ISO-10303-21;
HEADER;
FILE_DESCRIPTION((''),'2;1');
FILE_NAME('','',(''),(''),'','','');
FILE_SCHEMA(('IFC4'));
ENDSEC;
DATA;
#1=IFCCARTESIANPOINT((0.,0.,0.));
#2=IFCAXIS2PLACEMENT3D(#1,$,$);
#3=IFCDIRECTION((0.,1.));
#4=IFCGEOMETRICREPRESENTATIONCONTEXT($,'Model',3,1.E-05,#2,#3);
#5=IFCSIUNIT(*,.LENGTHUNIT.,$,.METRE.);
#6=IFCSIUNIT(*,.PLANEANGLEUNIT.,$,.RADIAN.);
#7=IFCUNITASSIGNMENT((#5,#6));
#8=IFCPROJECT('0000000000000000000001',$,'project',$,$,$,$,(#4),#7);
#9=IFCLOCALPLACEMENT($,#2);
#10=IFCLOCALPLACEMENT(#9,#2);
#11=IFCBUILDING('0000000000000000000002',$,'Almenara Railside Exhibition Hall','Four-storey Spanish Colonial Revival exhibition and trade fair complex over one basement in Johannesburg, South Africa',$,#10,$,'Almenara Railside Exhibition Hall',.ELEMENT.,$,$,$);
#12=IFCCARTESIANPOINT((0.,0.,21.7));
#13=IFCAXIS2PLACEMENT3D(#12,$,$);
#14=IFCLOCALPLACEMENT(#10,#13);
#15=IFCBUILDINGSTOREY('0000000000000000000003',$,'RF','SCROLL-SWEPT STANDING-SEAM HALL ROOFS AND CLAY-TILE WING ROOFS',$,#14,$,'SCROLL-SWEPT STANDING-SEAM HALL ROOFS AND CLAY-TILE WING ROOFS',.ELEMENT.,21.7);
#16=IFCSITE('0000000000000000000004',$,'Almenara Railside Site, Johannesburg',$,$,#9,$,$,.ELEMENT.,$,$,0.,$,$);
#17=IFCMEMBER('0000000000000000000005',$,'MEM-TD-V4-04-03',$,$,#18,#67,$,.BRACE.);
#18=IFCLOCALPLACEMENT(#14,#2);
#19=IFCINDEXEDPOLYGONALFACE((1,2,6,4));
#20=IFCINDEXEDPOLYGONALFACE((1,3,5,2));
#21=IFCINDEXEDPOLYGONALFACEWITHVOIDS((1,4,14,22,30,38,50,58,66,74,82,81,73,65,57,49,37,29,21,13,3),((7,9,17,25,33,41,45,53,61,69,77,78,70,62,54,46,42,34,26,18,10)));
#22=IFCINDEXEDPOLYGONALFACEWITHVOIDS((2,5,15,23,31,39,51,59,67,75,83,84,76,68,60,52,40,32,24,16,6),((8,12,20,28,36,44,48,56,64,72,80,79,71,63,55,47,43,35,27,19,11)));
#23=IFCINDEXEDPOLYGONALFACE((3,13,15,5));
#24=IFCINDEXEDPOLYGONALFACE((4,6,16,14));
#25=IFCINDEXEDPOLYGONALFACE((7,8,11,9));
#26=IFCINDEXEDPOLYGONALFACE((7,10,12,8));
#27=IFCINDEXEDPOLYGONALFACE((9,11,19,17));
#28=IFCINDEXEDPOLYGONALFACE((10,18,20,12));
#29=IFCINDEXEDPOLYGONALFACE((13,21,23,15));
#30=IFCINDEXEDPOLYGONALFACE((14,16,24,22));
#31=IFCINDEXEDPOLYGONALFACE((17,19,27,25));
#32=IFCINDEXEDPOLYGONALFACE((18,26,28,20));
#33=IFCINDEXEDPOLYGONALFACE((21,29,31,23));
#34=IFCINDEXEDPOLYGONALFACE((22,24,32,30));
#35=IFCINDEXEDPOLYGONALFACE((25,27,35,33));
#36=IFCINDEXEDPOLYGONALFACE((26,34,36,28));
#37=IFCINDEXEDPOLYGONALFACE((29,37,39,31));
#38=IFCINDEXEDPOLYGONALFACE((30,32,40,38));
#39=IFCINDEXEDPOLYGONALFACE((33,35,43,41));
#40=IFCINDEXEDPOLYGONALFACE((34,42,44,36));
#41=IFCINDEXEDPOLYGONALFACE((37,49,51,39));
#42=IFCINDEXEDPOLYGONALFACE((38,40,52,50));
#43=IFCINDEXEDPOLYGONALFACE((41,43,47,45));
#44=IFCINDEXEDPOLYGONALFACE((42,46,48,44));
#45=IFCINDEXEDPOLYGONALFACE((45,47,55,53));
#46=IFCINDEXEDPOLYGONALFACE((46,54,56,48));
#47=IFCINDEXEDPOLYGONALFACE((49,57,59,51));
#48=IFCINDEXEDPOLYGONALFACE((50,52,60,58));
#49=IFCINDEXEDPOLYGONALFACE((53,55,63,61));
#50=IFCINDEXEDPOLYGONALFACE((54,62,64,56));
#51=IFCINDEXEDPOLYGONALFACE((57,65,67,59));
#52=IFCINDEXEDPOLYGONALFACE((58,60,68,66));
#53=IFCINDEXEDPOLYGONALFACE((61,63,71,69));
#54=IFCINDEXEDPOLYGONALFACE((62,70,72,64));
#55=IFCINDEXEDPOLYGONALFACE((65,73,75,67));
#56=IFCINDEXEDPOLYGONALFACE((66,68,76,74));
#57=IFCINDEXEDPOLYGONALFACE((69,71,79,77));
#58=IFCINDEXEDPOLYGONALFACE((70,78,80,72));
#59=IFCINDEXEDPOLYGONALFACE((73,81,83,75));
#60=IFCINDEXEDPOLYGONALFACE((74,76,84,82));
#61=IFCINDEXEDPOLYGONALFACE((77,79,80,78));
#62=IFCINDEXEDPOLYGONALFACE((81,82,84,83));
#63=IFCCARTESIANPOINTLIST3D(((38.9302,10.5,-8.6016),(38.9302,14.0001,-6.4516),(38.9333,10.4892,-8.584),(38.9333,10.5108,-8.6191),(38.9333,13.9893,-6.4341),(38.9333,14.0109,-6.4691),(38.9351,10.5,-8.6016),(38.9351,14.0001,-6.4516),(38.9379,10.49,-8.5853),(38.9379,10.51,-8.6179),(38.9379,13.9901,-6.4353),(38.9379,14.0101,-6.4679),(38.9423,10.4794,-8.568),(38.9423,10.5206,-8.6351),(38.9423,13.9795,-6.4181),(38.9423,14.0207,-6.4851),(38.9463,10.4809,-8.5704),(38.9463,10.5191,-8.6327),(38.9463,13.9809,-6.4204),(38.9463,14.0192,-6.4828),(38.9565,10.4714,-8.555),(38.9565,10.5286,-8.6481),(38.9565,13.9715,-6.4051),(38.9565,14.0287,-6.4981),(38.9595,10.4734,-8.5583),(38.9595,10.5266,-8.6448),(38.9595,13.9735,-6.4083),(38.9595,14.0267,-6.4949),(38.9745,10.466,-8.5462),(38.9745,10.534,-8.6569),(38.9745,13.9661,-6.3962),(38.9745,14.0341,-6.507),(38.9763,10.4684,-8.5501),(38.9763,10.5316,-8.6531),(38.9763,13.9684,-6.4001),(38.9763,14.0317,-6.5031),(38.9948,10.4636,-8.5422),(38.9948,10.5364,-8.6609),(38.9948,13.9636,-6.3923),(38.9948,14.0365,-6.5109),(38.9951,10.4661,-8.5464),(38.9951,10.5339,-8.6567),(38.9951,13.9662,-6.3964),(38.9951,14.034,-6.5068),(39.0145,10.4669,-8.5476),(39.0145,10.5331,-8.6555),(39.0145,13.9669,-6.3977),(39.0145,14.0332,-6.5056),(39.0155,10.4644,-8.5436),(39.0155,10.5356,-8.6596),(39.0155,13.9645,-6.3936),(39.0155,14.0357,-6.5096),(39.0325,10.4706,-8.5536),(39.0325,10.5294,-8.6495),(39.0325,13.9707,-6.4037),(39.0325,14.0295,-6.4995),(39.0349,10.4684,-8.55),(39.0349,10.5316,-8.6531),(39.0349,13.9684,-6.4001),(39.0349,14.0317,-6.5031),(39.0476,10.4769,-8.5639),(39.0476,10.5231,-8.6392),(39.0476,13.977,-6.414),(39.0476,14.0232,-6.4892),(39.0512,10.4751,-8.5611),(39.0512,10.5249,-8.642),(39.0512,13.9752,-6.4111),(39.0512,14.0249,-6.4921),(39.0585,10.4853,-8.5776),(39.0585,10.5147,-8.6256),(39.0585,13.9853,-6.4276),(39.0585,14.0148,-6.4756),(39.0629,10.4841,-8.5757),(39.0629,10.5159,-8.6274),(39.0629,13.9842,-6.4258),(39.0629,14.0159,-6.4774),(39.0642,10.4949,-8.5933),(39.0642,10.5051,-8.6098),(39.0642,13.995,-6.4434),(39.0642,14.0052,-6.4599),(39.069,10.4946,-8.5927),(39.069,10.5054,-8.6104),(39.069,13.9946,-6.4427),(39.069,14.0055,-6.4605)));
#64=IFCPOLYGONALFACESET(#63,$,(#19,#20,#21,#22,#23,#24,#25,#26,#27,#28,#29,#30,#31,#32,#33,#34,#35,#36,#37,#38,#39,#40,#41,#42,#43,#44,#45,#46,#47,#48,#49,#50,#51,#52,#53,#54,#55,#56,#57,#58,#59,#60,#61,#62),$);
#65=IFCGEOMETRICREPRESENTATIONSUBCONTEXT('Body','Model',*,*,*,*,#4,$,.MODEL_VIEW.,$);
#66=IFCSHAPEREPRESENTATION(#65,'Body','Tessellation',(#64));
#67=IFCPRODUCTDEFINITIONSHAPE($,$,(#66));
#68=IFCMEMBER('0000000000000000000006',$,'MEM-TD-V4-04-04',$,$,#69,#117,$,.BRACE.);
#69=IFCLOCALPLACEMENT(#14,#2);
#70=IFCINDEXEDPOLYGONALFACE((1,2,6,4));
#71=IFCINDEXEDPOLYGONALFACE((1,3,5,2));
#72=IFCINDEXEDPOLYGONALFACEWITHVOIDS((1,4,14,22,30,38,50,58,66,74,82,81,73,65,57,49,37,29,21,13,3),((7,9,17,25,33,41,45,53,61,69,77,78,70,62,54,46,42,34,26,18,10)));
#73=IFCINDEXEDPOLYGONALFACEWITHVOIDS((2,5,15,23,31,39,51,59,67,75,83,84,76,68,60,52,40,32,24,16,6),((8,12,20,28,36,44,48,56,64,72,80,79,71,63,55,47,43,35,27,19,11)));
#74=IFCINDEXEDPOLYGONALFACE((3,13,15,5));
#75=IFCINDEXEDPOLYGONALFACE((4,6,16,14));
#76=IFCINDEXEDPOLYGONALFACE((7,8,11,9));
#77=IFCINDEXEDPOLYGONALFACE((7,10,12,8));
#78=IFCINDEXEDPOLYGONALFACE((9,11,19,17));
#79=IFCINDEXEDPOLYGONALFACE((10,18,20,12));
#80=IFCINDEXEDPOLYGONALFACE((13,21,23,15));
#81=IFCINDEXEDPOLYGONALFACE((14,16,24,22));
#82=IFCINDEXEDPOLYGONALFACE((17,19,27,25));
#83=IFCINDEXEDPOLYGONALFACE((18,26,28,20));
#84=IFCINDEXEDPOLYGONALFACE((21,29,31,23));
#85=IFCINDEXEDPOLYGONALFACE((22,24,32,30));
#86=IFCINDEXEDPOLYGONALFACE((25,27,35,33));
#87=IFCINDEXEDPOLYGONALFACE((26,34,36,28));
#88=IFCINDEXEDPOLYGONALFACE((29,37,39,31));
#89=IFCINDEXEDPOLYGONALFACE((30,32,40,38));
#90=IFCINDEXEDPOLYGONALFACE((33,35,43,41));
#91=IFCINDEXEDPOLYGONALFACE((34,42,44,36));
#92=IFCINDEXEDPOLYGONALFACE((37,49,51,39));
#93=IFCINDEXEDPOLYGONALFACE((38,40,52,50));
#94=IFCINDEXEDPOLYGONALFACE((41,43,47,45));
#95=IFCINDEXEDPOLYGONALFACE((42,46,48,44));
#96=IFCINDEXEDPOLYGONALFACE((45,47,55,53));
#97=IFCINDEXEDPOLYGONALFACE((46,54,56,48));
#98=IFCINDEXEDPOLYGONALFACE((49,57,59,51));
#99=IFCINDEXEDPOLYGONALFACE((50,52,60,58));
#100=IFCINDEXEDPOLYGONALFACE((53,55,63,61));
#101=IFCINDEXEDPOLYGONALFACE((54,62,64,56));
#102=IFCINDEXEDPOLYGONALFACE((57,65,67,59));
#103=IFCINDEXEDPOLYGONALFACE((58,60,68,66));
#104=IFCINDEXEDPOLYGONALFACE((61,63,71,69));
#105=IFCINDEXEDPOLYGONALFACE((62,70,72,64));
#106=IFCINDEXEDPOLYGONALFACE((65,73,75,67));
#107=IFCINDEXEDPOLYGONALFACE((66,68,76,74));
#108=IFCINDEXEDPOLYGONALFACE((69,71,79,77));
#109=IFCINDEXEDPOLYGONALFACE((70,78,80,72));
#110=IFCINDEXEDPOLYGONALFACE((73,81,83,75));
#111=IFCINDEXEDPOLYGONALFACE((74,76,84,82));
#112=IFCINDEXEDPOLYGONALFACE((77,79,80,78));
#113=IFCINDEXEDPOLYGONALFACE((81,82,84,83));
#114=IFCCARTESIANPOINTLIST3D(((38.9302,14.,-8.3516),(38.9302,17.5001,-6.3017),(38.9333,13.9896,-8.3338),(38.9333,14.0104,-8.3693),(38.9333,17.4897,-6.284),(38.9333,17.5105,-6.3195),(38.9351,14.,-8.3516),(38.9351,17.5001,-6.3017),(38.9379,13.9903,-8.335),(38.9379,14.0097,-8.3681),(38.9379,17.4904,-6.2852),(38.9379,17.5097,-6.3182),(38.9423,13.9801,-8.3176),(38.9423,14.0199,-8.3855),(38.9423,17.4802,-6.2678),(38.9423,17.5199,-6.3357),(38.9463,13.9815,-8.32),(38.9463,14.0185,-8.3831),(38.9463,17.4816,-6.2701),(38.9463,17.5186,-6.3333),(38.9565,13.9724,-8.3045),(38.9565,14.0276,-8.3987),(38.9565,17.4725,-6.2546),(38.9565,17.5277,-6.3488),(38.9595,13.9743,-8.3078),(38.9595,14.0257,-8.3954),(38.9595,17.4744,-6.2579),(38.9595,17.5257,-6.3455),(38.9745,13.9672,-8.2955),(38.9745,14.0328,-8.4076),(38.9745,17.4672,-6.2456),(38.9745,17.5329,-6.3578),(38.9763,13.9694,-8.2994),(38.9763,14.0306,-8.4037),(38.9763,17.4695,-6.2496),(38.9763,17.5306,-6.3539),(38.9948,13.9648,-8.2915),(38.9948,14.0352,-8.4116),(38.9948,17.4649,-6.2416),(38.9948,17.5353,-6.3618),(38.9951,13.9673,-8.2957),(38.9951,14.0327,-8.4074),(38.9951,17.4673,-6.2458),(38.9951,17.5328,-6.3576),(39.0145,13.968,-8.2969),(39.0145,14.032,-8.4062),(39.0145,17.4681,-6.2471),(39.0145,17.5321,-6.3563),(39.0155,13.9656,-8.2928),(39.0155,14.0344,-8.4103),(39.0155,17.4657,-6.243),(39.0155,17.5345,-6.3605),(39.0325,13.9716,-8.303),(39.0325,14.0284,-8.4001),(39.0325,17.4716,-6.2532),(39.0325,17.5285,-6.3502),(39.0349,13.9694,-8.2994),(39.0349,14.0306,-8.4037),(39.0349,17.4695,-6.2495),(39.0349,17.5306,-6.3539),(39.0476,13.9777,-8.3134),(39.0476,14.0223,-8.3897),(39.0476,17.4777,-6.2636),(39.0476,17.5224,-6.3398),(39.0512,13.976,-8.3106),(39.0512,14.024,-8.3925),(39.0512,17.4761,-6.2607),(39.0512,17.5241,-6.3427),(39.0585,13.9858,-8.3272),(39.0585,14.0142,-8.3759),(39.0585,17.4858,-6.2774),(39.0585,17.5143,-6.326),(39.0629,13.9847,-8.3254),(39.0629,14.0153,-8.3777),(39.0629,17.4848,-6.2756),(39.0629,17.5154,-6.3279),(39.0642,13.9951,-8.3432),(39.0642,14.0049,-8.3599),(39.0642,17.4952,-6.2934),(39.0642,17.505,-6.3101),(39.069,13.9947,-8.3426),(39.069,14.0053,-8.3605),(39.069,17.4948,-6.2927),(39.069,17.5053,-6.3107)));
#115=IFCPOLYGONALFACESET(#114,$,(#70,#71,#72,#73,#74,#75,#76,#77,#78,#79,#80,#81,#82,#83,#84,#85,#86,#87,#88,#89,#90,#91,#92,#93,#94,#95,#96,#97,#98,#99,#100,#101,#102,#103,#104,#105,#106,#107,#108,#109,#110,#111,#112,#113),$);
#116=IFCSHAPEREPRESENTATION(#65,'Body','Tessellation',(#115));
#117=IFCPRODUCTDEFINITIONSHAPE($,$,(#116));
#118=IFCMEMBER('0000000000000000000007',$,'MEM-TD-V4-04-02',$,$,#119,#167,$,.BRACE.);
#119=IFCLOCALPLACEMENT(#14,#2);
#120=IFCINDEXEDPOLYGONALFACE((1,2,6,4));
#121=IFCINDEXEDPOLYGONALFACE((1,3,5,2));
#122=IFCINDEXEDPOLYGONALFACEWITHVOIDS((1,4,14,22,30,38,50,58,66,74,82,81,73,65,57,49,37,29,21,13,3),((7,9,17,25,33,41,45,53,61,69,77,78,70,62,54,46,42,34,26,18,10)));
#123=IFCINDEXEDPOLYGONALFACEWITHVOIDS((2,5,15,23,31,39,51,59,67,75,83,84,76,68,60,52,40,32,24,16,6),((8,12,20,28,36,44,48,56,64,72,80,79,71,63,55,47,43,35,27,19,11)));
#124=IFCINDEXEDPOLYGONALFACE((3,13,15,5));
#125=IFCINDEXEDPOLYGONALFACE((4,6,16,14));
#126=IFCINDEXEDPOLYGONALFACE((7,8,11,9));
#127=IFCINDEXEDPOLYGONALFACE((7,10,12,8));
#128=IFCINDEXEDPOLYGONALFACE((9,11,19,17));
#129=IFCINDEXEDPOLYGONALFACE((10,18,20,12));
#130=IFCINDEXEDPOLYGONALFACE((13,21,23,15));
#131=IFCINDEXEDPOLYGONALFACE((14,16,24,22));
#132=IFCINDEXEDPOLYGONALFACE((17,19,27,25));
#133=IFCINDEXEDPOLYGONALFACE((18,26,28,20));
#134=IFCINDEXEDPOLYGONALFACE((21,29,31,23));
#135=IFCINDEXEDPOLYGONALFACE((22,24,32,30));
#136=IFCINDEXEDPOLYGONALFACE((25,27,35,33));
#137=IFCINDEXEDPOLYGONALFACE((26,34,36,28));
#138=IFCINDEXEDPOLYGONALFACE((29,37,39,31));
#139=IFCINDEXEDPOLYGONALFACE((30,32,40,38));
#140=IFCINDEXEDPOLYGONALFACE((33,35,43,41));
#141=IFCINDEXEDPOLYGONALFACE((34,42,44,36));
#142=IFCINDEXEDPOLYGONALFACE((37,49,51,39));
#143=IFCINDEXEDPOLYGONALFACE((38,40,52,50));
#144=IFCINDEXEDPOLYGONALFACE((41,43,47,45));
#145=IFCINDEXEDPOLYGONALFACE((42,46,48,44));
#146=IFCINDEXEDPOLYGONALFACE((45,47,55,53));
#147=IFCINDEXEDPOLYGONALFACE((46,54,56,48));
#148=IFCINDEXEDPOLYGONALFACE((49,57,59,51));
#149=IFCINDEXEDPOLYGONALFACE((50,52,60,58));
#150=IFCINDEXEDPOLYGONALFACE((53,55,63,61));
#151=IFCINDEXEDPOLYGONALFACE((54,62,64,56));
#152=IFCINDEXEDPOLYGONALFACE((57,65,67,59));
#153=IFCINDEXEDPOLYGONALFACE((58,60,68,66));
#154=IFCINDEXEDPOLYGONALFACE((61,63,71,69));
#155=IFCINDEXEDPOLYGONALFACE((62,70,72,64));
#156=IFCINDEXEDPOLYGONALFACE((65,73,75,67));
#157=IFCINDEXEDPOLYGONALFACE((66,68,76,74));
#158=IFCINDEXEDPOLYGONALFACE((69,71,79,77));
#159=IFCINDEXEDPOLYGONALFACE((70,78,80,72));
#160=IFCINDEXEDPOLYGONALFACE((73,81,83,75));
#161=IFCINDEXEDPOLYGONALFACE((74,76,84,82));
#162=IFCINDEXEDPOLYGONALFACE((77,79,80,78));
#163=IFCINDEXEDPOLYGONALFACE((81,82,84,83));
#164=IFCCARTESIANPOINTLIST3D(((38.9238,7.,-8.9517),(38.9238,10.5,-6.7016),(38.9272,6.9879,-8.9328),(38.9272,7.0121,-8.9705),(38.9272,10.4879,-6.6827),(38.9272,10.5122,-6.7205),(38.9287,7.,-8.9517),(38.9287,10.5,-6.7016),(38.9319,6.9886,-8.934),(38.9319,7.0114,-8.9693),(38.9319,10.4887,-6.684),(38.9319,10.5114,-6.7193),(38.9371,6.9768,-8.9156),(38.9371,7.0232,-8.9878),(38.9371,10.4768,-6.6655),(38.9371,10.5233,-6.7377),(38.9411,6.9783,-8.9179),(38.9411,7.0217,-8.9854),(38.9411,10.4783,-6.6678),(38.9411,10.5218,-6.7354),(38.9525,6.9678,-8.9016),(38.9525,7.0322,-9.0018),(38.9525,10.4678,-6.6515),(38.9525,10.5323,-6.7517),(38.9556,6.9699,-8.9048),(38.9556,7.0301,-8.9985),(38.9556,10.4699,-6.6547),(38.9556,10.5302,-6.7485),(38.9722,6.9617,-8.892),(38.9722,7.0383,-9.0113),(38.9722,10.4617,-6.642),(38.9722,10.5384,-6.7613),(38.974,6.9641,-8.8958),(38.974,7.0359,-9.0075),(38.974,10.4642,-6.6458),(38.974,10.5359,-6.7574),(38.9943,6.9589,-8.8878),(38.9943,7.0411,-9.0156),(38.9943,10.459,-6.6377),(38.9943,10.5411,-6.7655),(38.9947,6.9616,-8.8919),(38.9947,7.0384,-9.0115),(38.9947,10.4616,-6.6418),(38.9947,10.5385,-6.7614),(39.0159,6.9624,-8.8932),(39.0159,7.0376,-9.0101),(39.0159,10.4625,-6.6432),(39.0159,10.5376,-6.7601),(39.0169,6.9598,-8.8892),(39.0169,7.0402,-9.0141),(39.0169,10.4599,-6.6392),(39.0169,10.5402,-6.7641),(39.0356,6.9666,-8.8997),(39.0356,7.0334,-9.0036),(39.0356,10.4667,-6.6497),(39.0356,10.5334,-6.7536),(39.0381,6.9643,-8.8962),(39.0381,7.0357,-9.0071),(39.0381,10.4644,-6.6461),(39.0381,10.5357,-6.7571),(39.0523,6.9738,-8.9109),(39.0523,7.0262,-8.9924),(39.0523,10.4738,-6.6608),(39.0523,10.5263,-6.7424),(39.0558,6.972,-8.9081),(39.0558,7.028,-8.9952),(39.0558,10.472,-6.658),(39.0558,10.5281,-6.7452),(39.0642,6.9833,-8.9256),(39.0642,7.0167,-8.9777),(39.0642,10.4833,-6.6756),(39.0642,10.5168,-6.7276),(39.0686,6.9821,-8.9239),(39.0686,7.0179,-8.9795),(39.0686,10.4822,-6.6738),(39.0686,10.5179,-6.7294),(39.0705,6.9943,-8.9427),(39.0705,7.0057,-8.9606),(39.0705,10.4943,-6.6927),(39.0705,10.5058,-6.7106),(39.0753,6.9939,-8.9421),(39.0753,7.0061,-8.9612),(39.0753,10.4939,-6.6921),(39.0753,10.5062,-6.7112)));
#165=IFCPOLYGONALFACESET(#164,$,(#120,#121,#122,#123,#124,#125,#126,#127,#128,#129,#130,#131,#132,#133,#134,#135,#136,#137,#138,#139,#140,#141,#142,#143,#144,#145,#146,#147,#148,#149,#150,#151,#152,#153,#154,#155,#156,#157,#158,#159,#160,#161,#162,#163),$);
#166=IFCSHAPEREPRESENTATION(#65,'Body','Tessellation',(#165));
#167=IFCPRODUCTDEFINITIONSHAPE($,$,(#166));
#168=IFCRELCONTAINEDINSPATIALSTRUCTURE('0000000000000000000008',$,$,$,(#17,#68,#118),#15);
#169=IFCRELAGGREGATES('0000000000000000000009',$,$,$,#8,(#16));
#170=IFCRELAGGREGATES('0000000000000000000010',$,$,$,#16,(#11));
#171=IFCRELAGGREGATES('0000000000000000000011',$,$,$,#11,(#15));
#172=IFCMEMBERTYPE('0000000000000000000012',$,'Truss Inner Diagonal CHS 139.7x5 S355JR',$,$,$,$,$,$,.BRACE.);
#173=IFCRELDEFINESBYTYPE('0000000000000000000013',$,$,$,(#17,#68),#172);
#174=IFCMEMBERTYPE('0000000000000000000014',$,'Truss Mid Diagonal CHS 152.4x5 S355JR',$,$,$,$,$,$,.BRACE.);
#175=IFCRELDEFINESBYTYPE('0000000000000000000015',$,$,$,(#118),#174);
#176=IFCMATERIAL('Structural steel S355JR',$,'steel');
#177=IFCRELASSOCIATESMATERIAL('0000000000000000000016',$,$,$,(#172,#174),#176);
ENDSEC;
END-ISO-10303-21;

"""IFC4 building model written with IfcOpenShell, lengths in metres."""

from ifc_helpers import new_model, si_unit, direction, frame, origin, origin_2d, place, context, subcontext, project, spatial, hollow_circle, extrude, material, material_profile, profile_set, type_object, element, save


model = new_model("IFC4")

# Units and contexts
model_context = context("Model", 3, precision=1e-05, world=origin(), true_north=direction((0.0, 1.0)))
body_context = subcontext(model_context, "Body", "Model", "MODEL_VIEW")
ifc_project = project(units=[si_unit("LENGTHUNIT", "METRE"), si_unit("PLANEANGLEUNIT", "RADIAN")], contexts=[model_context])

# Site, building, storey
site_placement = place(None, origin())
site = spatial("IfcSite", under=ifc_project, at=site_placement, Name="Almenara Railside Site, Johannesburg", CompositionType="ELEMENT", RefElevation=0.0)
building_placement = place(site_placement, origin())
building = spatial("IfcBuilding", under=site, at=building_placement, Name="Almenara Railside Exhibition Hall", Description="Four-storey Spanish Colonial Revival exhibition and trade fair complex over one basement in Johannesburg, South Africa", LongName="Almenara Railside Exhibition Hall", CompositionType="ELEMENT")
storey_placement = place(building_placement, frame((0.0, 0.0, 21.7)))
storey = spatial("IfcBuildingStorey", under=building, at=storey_placement, Name="RF", Description="SCROLL-SWEPT STANDING-SEAM HALL ROOFS AND CLAY-TILE WING ROOFS", LongName="SCROLL-SWEPT STANDING-SEAM HALL ROOFS AND CLAY-TILE WING ROOFS", CompositionType="ELEMENT", Elevation=21.7)

# Members
ifc_material_1 = material(Name="Structural steel S355JR", Category="steel")
ifc_material_profile_1 = material_profile(ifc_material_1, hollow_circle(Radius=0.0698, WallThickness=0.0049, at=origin_2d()), Name="CHS 139.7x5")
ifc_profile_set_1 = profile_set([ifc_material_profile_1], Name="Structural steel S355JR")
member_type_1 = type_object("IfcMemberType", Name="Truss Inner Diagonal CHS 139.7x5 S355JR", PredefinedType="BRACE", material=ifc_profile_set_1)
member_1_placement = place(storey_placement, frame((39.0, 10.5, -8.6016), z_axis=(0.0, 0.852087, 0.523401), x_axis=(-1.0, 0.0, 0.0)))
element("IfcMember", 1, at=member_1_placement, inside=storey, type_object=member_type_1, Name="MEM-TD-V4-04-03", PredefinedType="BRACE", context=body_context, shape_type="SweptSolid", body=[
    extrude(hollow_circle(Radius=0.0698, WallThickness=0.0049, at=origin_2d()), origin(), (0.0, 0.0, 1.0), 4.1077),
])
member_2_placement = place(storey_placement, frame((39.0, 14.0, -8.3516), z_axis=(0.0, 0.862904, 0.505367), x_axis=(-1.0, 0.0, 0.0)))
element("IfcMember", 2, at=member_2_placement, inside=storey, type_object=member_type_1, Name="MEM-TD-V4-04-04", PredefinedType="BRACE", context=body_context, shape_type="SweptSolid", body=[
    extrude(hollow_circle(Radius=0.0698, WallThickness=0.0049, at=origin_2d()), origin(), (0.0, 0.0, 1.0), 4.0562),
])
ifc_material_profile_2 = material_profile(ifc_material_1, hollow_circle(Radius=0.0762, WallThickness=0.0049, at=origin_2d()), Name="CHS 152.4x5")
ifc_profile_set_2 = profile_set([ifc_material_profile_2], Name="Structural steel S355JR")
member_type_2 = type_object("IfcMemberType", Name="Truss Mid Diagonal CHS 152.4x5 S355JR", PredefinedType="BRACE", material=ifc_profile_set_2)
member_3_placement = place(storey_placement, frame((39.0, 7.0, -8.9517), z_axis=(0.0, 0.841178, 0.540758), x_axis=(-1.0, 0.0, 0.0)))
element("IfcMember", 3, at=member_3_placement, inside=storey, type_object=member_type_2, Name="MEM-TD-V4-04-02", PredefinedType="BRACE", context=body_context, shape_type="SweptSolid", body=[
    extrude(hollow_circle(Radius=0.0762, WallThickness=0.0049, at=origin_2d()), origin(), (0.0, 0.0, 1.0), 4.1609),
])

save(model, "model.ifc")
